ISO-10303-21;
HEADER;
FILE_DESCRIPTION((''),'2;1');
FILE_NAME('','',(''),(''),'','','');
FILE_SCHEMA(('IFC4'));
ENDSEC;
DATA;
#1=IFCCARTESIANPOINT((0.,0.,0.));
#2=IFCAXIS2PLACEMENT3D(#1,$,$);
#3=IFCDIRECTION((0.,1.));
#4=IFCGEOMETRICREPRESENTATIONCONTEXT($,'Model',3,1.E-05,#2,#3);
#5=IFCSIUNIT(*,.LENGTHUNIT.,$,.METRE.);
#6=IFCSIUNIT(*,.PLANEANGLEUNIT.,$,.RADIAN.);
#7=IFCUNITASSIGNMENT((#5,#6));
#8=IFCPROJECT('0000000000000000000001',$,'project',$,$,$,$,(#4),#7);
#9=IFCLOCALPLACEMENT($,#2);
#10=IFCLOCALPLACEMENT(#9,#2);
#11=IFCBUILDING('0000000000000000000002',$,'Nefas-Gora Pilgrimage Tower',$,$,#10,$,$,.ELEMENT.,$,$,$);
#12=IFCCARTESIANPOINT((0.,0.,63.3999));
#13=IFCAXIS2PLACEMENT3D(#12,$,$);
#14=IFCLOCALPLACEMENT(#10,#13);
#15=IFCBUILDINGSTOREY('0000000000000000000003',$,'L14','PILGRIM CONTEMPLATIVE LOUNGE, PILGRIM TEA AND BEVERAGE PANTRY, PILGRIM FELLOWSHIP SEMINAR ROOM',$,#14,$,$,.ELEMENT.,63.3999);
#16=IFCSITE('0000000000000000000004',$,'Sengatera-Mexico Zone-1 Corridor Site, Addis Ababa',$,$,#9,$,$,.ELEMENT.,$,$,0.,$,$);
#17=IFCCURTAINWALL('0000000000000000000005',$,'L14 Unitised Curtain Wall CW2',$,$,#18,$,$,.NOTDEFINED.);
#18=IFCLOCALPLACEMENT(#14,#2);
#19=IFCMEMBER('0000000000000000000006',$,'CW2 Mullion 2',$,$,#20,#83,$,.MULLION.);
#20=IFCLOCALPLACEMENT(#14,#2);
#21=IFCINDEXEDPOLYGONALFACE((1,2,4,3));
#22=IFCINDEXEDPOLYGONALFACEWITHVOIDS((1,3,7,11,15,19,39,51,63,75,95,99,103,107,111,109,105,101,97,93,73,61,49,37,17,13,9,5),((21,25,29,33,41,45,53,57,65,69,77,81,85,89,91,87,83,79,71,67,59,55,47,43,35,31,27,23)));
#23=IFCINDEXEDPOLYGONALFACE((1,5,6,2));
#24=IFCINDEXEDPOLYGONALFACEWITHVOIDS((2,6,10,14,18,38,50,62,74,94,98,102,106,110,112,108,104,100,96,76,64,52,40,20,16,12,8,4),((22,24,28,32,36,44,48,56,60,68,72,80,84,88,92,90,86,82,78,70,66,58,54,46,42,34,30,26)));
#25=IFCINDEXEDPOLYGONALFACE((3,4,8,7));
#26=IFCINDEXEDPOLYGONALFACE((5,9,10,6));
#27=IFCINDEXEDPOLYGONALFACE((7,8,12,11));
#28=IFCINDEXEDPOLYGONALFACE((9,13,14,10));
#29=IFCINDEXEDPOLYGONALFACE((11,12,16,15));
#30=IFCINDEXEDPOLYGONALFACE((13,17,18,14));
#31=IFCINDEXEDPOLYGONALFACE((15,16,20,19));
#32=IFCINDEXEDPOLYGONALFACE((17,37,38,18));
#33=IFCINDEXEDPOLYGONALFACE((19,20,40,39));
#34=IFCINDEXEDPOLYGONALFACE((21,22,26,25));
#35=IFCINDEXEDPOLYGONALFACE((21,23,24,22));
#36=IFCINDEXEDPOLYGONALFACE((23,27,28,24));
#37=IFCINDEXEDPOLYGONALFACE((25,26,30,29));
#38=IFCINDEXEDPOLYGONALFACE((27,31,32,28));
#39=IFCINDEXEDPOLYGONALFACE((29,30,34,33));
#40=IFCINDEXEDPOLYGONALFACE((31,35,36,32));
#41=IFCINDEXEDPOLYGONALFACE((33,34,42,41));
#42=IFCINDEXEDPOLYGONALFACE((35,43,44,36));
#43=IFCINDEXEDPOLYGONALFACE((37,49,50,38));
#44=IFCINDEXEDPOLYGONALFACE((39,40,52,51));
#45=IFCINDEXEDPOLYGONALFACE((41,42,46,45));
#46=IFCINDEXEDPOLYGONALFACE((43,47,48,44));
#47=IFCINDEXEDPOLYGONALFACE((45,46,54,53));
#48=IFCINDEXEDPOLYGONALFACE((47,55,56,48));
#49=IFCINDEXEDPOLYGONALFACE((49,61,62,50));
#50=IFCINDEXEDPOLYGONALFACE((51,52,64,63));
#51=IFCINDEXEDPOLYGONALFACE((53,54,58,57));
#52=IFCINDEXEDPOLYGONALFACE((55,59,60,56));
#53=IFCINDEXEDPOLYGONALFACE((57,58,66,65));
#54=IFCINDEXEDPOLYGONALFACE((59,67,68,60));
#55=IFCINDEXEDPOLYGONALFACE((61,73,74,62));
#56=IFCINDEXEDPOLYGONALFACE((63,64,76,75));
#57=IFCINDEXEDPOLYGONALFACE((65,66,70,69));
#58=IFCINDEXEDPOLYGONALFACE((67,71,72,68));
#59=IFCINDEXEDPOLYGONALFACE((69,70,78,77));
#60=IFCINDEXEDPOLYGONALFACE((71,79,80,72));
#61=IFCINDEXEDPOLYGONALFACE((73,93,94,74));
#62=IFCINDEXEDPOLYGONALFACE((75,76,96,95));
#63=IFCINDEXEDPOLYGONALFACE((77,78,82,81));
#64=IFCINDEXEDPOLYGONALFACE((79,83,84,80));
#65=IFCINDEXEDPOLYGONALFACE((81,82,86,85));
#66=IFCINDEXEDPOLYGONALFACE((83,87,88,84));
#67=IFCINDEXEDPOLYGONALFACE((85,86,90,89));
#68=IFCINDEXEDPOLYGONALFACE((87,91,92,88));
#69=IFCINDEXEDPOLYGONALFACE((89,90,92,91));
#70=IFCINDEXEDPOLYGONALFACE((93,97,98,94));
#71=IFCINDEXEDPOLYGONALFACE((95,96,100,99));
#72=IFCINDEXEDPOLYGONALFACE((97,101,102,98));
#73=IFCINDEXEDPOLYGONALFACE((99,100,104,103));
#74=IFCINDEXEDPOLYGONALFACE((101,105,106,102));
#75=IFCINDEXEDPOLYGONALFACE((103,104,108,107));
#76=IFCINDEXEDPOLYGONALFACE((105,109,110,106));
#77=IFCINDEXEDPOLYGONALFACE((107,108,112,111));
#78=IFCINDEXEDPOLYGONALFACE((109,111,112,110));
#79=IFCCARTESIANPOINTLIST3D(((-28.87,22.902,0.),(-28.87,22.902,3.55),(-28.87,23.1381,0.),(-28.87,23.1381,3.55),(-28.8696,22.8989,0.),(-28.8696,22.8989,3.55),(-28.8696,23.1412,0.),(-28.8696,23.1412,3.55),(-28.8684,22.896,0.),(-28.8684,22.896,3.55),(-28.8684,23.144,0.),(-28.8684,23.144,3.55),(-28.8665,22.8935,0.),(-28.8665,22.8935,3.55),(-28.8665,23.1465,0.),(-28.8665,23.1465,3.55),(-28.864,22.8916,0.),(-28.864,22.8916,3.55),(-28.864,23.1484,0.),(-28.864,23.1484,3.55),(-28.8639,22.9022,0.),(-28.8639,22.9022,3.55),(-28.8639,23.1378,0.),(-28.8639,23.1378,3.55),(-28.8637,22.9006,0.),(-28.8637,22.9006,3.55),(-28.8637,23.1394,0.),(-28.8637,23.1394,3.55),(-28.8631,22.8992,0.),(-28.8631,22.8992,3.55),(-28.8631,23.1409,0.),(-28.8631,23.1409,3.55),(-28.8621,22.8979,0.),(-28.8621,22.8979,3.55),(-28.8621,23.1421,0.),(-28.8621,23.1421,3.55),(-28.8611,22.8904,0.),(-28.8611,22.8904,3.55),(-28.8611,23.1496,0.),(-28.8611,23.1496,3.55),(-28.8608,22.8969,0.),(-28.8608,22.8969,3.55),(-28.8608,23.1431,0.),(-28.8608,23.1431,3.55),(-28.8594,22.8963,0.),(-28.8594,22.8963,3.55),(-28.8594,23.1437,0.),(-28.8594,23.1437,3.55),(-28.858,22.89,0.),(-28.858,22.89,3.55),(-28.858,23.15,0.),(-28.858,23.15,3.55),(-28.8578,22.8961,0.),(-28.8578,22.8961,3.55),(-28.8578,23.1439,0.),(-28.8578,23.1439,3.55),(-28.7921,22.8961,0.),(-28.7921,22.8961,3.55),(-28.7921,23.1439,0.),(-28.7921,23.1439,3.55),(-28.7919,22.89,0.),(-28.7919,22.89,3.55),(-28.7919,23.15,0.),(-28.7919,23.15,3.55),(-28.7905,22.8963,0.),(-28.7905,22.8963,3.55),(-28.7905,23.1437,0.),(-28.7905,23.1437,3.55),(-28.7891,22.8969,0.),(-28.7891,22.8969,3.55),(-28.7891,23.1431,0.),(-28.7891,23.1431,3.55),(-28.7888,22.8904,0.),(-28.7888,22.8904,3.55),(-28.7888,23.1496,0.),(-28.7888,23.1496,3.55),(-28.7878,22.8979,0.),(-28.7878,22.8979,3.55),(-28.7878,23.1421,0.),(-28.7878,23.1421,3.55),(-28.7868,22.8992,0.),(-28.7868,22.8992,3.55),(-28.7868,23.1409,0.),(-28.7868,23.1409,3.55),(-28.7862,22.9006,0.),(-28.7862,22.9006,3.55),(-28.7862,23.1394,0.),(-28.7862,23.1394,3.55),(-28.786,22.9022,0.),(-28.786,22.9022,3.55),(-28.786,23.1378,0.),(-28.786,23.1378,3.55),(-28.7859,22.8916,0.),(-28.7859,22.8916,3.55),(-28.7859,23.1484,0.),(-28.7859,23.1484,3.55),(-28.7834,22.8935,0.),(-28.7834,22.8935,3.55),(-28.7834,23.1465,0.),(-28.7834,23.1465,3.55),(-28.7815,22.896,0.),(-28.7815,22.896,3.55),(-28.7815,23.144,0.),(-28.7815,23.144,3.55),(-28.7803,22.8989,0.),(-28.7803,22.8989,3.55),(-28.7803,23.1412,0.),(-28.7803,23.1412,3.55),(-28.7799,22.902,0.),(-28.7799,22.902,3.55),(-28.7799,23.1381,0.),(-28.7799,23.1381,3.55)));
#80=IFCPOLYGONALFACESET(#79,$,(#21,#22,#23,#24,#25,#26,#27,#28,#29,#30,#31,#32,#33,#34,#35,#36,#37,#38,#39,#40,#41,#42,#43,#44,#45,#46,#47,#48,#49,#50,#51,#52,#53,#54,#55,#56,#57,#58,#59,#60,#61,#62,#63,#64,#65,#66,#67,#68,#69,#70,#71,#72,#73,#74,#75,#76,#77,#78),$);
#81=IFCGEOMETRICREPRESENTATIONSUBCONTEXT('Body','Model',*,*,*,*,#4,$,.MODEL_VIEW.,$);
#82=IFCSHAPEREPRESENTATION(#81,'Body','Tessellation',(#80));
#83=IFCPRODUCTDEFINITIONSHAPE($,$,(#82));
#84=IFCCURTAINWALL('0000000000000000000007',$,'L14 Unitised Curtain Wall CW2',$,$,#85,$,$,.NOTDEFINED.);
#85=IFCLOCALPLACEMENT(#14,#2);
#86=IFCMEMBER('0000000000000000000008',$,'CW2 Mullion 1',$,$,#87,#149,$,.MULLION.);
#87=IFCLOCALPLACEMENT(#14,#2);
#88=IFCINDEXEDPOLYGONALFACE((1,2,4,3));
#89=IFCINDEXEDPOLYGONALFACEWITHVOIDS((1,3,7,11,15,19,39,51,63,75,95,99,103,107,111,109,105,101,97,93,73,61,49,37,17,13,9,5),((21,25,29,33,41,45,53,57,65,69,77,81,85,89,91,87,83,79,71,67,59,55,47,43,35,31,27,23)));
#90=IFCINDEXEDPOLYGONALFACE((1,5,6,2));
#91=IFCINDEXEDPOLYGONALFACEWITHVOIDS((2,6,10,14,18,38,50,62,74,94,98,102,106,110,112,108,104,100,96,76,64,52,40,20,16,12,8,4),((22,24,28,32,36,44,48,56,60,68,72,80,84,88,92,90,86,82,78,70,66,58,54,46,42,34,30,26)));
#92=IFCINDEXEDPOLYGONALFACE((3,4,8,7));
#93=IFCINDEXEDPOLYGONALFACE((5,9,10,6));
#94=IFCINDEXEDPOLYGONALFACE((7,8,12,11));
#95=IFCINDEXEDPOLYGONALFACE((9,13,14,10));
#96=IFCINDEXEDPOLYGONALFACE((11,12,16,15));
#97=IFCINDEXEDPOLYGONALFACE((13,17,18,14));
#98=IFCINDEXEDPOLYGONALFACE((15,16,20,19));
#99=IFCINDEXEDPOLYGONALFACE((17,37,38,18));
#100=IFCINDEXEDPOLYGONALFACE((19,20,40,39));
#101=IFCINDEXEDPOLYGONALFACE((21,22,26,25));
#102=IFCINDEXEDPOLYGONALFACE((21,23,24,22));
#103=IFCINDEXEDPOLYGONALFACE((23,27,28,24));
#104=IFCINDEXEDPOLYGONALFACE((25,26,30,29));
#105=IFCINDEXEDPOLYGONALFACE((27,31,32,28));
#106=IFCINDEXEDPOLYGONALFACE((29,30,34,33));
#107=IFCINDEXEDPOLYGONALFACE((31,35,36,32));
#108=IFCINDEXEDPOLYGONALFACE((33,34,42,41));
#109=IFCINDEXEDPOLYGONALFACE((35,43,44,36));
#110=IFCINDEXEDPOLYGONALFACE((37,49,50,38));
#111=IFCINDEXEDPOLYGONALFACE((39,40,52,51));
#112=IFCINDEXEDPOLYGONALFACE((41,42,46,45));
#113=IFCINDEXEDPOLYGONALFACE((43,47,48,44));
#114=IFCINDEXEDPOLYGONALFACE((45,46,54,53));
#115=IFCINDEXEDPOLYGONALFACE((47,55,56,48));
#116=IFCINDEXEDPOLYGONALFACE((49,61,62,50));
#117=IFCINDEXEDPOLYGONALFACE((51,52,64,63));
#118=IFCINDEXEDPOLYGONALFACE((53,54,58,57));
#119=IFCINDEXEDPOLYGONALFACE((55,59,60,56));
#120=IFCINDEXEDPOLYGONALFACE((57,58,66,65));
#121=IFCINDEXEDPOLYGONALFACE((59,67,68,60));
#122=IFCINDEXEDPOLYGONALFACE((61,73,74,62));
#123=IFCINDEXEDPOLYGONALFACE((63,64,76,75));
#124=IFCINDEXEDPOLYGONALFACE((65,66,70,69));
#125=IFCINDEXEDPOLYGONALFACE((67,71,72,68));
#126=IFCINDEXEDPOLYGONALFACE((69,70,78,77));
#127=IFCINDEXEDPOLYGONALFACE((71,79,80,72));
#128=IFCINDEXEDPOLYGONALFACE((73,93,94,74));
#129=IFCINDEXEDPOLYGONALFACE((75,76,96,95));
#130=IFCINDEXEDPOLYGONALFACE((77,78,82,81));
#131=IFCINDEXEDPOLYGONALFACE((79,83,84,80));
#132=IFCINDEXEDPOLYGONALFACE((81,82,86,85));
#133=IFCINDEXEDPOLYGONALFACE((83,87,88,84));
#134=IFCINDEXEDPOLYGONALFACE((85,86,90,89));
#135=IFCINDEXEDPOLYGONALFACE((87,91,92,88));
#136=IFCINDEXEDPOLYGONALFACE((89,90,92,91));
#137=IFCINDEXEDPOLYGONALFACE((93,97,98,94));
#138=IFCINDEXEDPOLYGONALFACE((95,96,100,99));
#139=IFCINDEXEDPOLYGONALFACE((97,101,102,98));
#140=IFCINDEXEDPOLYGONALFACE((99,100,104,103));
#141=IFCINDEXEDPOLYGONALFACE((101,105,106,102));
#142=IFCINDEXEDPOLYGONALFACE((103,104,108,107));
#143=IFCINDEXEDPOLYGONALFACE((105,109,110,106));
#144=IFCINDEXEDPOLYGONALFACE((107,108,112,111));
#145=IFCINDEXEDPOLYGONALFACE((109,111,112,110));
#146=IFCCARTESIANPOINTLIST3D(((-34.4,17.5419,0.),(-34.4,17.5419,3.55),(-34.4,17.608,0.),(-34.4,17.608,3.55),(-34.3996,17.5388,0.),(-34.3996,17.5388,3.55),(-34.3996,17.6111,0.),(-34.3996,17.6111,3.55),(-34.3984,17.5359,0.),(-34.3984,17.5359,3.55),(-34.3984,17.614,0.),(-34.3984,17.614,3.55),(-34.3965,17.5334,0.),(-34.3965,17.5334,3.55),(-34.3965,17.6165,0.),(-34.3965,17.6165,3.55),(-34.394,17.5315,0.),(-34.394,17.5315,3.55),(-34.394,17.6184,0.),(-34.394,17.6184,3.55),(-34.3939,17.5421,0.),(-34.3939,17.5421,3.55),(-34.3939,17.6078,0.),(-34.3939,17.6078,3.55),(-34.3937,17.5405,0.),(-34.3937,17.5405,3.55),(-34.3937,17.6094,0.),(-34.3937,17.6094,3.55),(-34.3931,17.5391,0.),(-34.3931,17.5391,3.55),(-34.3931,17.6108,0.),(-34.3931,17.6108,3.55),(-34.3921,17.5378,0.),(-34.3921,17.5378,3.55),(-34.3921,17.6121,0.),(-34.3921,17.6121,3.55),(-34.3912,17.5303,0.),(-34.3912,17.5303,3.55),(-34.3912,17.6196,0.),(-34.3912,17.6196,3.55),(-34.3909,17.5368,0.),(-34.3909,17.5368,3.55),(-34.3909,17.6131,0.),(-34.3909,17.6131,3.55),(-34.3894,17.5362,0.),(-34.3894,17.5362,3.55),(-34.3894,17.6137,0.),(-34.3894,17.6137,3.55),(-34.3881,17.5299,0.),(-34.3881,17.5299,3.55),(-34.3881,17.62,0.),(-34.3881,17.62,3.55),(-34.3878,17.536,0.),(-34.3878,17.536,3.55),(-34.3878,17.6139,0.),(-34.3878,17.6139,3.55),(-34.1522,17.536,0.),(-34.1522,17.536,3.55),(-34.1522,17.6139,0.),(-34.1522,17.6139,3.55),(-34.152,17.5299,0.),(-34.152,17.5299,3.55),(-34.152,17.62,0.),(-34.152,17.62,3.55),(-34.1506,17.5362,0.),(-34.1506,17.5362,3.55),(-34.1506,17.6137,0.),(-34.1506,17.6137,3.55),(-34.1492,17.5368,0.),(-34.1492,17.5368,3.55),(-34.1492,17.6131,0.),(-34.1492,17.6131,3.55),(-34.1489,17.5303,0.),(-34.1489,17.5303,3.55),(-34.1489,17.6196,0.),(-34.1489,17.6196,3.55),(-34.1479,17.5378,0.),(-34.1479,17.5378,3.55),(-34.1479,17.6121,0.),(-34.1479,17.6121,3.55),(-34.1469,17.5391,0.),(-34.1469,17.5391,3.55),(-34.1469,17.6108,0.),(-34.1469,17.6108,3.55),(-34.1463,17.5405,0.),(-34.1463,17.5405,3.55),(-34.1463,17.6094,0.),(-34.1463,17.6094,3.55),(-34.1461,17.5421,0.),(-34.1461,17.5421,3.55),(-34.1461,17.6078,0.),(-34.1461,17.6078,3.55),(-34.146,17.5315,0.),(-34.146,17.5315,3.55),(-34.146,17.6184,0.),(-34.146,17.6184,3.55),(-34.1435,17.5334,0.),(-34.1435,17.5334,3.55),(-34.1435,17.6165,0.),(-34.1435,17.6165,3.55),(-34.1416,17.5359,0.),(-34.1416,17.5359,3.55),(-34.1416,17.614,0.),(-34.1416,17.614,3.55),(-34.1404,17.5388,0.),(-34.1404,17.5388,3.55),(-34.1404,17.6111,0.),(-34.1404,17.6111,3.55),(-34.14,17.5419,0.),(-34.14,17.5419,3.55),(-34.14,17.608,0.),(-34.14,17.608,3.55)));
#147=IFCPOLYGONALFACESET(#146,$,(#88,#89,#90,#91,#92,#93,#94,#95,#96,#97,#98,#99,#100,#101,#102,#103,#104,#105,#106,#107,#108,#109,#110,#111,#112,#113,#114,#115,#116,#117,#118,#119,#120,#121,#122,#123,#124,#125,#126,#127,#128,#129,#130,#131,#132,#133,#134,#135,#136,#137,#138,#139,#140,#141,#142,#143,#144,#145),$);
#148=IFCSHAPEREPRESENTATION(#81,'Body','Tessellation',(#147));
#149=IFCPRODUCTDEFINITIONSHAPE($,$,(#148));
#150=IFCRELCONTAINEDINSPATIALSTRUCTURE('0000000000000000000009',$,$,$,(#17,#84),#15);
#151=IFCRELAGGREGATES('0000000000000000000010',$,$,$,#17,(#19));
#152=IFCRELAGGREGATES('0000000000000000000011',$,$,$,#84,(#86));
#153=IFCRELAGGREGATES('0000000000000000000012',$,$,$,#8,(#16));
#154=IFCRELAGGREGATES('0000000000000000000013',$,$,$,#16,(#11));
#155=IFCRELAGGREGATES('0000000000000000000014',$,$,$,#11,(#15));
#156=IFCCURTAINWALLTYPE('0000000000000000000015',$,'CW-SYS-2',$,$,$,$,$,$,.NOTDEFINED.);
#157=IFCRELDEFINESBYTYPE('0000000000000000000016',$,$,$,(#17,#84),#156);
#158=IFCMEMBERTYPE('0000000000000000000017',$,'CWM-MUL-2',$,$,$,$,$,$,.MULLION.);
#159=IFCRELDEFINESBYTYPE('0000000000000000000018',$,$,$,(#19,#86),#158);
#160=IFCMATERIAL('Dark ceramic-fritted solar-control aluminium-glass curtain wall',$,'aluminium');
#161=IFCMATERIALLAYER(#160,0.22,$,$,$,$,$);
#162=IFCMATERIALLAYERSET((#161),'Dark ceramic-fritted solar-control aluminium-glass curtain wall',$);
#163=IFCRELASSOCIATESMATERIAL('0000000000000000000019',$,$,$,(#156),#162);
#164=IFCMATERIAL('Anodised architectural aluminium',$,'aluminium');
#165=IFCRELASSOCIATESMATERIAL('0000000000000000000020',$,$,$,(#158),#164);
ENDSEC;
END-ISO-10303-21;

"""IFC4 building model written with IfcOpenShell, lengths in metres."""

from ifc_helpers import new_model, si_unit, direction, frame, origin, origin_2d, place, context, subcontext, project, spatial, hollow_rectangle, extrude, source, transform, mapped, material, layer, layer_set, material_profile, profile_set, type_object, element, aggregate, save


model = new_model("IFC4")

# Units and contexts
model_context = context("Model", 3, precision=1e-05, world=origin(), true_north=direction((0.0, 1.0)))
body_context = subcontext(model_context, "Body", "Model", "MODEL_VIEW")
ifc_project = project(units=[si_unit("LENGTHUNIT", "METRE"), si_unit("PLANEANGLEUNIT", "RADIAN")], contexts=[model_context])

# Site, building, storey
site_placement = place(None, origin())
site = spatial("IfcSite", under=ifc_project, at=site_placement, Name="Sengatera-Mexico Zone-1 Corridor Site, Addis Ababa", CompositionType="ELEMENT", RefElevation=0.0)
building_placement = place(site_placement, origin())
building = spatial("IfcBuilding", under=site, at=building_placement, Name="Nefas-Gora Pilgrimage Tower", CompositionType="ELEMENT")
storey_placement = place(building_placement, frame((0.0, 0.0, 63.3999)))
storey = spatial("IfcBuildingStorey", under=building, at=storey_placement, Name="L14", Description="PILGRIM CONTEMPLATIVE LOUNGE, PILGRIM TEA AND BEVERAGE PANTRY, PILGRIM FELLOWSHIP SEMINAR ROOM", CompositionType="ELEMENT", Elevation=63.3999)

# Curtain wall, member
ifc_material_1 = material(Name="Dark ceramic-fritted solar-control aluminium-glass curtain wall", Category="aluminium")
ifc_layer_1 = layer(ifc_material_1, 0.22)
ifc_layer_set_1 = layer_set([ifc_layer_1], Name="Dark ceramic-fritted solar-control aluminium-glass curtain wall")
curtain_wall_type = type_object("IfcCurtainWallType", Name="CW-SYS-2", PredefinedType="NOTDEFINED", material=ifc_layer_set_1)
curtain_wall_1_placement = place(storey_placement, origin())
curtain_wall_1 = element("IfcCurtainWall", 1, at=curtain_wall_1_placement, inside=storey, type_object=curtain_wall_type, Name="L14 Unitised Curtain Wall CW2", PredefinedType="NOTDEFINED")
ifc_material_2 = material(Name="Anodised architectural aluminium", Category="aluminium")
ifc_material_profile_1 = material_profile(ifc_material_2, hollow_rectangle(XDim=0.0901, YDim=0.26, WallThickness=0.0061, InnerFilletRadius=0.0061, OuterFilletRadius=0.012, at=origin_2d()), Name="ALU MULLION 90x260")
ifc_profile_set_1 = profile_set([ifc_material_profile_1], Name="Anodised architectural aluminium")
member_type_1 = type_object("IfcMemberType", Name="CWM-MUL-2", PredefinedType="MULLION", material=ifc_profile_set_1)
shared_shape_1 = source(origin(), body_context, "Body", "SweptSolid", [
    extrude(hollow_rectangle(XDim=0.0901, YDim=0.26, WallThickness=0.0061, InnerFilletRadius=0.0061, OuterFilletRadius=0.012, at=origin_2d()), origin(), (0.0, 0.0, 1.0), 3.55),
])
member_1_placement = place(storey_placement, frame((-28.825, 23.02, 0.0), z_axis=(0.0, 0.0, 1.0), x_axis=(-1.0, 0.0, 0.0)))
member_1 = element("IfcMember", 2, at=member_1_placement, type_object=member_type_1, Name="CW2 Mullion 2", PredefinedType="MULLION", context=body_context, shape_type="MappedRepresentation", body=[
    mapped(shared_shape_1, transform((0.0, 0.0, 0.0), x_axis=(1.0, 0.0, 0.0), y_axis=(0.0, 1.0, 0.0), z_axis=(0.0, 0.0, 1.0), scale=1.0)),
])
aggregate(curtain_wall_1, [member_1])

# Curtain wall, member
curtain_wall_2_placement = place(storey_placement, origin())
curtain_wall_2 = element("IfcCurtainWall", 3, at=curtain_wall_2_placement, inside=storey, type_object=curtain_wall_type, Name="L14 Unitised Curtain Wall CW2", PredefinedType="NOTDEFINED")
member_2_placement = place(storey_placement, frame((-34.27, 17.575, 0.0), z_axis=(0.0, 0.0, 1.0), x_axis=(0.0, -1.0, 0.0)))
member_2 = element("IfcMember", 4, at=member_2_placement, type_object=member_type_1, Name="CW2 Mullion 1", PredefinedType="MULLION", context=body_context, shape_type="MappedRepresentation", body=[
    mapped(shared_shape_1, transform((0.0, 0.0, 0.0), x_axis=(1.0, 0.0, 0.0), y_axis=(0.0, 1.0, 0.0), z_axis=(0.0, 0.0, 1.0), scale=1.0)),
])
aggregate(curtain_wall_2, [member_2])

save(model, "model.ifc")
